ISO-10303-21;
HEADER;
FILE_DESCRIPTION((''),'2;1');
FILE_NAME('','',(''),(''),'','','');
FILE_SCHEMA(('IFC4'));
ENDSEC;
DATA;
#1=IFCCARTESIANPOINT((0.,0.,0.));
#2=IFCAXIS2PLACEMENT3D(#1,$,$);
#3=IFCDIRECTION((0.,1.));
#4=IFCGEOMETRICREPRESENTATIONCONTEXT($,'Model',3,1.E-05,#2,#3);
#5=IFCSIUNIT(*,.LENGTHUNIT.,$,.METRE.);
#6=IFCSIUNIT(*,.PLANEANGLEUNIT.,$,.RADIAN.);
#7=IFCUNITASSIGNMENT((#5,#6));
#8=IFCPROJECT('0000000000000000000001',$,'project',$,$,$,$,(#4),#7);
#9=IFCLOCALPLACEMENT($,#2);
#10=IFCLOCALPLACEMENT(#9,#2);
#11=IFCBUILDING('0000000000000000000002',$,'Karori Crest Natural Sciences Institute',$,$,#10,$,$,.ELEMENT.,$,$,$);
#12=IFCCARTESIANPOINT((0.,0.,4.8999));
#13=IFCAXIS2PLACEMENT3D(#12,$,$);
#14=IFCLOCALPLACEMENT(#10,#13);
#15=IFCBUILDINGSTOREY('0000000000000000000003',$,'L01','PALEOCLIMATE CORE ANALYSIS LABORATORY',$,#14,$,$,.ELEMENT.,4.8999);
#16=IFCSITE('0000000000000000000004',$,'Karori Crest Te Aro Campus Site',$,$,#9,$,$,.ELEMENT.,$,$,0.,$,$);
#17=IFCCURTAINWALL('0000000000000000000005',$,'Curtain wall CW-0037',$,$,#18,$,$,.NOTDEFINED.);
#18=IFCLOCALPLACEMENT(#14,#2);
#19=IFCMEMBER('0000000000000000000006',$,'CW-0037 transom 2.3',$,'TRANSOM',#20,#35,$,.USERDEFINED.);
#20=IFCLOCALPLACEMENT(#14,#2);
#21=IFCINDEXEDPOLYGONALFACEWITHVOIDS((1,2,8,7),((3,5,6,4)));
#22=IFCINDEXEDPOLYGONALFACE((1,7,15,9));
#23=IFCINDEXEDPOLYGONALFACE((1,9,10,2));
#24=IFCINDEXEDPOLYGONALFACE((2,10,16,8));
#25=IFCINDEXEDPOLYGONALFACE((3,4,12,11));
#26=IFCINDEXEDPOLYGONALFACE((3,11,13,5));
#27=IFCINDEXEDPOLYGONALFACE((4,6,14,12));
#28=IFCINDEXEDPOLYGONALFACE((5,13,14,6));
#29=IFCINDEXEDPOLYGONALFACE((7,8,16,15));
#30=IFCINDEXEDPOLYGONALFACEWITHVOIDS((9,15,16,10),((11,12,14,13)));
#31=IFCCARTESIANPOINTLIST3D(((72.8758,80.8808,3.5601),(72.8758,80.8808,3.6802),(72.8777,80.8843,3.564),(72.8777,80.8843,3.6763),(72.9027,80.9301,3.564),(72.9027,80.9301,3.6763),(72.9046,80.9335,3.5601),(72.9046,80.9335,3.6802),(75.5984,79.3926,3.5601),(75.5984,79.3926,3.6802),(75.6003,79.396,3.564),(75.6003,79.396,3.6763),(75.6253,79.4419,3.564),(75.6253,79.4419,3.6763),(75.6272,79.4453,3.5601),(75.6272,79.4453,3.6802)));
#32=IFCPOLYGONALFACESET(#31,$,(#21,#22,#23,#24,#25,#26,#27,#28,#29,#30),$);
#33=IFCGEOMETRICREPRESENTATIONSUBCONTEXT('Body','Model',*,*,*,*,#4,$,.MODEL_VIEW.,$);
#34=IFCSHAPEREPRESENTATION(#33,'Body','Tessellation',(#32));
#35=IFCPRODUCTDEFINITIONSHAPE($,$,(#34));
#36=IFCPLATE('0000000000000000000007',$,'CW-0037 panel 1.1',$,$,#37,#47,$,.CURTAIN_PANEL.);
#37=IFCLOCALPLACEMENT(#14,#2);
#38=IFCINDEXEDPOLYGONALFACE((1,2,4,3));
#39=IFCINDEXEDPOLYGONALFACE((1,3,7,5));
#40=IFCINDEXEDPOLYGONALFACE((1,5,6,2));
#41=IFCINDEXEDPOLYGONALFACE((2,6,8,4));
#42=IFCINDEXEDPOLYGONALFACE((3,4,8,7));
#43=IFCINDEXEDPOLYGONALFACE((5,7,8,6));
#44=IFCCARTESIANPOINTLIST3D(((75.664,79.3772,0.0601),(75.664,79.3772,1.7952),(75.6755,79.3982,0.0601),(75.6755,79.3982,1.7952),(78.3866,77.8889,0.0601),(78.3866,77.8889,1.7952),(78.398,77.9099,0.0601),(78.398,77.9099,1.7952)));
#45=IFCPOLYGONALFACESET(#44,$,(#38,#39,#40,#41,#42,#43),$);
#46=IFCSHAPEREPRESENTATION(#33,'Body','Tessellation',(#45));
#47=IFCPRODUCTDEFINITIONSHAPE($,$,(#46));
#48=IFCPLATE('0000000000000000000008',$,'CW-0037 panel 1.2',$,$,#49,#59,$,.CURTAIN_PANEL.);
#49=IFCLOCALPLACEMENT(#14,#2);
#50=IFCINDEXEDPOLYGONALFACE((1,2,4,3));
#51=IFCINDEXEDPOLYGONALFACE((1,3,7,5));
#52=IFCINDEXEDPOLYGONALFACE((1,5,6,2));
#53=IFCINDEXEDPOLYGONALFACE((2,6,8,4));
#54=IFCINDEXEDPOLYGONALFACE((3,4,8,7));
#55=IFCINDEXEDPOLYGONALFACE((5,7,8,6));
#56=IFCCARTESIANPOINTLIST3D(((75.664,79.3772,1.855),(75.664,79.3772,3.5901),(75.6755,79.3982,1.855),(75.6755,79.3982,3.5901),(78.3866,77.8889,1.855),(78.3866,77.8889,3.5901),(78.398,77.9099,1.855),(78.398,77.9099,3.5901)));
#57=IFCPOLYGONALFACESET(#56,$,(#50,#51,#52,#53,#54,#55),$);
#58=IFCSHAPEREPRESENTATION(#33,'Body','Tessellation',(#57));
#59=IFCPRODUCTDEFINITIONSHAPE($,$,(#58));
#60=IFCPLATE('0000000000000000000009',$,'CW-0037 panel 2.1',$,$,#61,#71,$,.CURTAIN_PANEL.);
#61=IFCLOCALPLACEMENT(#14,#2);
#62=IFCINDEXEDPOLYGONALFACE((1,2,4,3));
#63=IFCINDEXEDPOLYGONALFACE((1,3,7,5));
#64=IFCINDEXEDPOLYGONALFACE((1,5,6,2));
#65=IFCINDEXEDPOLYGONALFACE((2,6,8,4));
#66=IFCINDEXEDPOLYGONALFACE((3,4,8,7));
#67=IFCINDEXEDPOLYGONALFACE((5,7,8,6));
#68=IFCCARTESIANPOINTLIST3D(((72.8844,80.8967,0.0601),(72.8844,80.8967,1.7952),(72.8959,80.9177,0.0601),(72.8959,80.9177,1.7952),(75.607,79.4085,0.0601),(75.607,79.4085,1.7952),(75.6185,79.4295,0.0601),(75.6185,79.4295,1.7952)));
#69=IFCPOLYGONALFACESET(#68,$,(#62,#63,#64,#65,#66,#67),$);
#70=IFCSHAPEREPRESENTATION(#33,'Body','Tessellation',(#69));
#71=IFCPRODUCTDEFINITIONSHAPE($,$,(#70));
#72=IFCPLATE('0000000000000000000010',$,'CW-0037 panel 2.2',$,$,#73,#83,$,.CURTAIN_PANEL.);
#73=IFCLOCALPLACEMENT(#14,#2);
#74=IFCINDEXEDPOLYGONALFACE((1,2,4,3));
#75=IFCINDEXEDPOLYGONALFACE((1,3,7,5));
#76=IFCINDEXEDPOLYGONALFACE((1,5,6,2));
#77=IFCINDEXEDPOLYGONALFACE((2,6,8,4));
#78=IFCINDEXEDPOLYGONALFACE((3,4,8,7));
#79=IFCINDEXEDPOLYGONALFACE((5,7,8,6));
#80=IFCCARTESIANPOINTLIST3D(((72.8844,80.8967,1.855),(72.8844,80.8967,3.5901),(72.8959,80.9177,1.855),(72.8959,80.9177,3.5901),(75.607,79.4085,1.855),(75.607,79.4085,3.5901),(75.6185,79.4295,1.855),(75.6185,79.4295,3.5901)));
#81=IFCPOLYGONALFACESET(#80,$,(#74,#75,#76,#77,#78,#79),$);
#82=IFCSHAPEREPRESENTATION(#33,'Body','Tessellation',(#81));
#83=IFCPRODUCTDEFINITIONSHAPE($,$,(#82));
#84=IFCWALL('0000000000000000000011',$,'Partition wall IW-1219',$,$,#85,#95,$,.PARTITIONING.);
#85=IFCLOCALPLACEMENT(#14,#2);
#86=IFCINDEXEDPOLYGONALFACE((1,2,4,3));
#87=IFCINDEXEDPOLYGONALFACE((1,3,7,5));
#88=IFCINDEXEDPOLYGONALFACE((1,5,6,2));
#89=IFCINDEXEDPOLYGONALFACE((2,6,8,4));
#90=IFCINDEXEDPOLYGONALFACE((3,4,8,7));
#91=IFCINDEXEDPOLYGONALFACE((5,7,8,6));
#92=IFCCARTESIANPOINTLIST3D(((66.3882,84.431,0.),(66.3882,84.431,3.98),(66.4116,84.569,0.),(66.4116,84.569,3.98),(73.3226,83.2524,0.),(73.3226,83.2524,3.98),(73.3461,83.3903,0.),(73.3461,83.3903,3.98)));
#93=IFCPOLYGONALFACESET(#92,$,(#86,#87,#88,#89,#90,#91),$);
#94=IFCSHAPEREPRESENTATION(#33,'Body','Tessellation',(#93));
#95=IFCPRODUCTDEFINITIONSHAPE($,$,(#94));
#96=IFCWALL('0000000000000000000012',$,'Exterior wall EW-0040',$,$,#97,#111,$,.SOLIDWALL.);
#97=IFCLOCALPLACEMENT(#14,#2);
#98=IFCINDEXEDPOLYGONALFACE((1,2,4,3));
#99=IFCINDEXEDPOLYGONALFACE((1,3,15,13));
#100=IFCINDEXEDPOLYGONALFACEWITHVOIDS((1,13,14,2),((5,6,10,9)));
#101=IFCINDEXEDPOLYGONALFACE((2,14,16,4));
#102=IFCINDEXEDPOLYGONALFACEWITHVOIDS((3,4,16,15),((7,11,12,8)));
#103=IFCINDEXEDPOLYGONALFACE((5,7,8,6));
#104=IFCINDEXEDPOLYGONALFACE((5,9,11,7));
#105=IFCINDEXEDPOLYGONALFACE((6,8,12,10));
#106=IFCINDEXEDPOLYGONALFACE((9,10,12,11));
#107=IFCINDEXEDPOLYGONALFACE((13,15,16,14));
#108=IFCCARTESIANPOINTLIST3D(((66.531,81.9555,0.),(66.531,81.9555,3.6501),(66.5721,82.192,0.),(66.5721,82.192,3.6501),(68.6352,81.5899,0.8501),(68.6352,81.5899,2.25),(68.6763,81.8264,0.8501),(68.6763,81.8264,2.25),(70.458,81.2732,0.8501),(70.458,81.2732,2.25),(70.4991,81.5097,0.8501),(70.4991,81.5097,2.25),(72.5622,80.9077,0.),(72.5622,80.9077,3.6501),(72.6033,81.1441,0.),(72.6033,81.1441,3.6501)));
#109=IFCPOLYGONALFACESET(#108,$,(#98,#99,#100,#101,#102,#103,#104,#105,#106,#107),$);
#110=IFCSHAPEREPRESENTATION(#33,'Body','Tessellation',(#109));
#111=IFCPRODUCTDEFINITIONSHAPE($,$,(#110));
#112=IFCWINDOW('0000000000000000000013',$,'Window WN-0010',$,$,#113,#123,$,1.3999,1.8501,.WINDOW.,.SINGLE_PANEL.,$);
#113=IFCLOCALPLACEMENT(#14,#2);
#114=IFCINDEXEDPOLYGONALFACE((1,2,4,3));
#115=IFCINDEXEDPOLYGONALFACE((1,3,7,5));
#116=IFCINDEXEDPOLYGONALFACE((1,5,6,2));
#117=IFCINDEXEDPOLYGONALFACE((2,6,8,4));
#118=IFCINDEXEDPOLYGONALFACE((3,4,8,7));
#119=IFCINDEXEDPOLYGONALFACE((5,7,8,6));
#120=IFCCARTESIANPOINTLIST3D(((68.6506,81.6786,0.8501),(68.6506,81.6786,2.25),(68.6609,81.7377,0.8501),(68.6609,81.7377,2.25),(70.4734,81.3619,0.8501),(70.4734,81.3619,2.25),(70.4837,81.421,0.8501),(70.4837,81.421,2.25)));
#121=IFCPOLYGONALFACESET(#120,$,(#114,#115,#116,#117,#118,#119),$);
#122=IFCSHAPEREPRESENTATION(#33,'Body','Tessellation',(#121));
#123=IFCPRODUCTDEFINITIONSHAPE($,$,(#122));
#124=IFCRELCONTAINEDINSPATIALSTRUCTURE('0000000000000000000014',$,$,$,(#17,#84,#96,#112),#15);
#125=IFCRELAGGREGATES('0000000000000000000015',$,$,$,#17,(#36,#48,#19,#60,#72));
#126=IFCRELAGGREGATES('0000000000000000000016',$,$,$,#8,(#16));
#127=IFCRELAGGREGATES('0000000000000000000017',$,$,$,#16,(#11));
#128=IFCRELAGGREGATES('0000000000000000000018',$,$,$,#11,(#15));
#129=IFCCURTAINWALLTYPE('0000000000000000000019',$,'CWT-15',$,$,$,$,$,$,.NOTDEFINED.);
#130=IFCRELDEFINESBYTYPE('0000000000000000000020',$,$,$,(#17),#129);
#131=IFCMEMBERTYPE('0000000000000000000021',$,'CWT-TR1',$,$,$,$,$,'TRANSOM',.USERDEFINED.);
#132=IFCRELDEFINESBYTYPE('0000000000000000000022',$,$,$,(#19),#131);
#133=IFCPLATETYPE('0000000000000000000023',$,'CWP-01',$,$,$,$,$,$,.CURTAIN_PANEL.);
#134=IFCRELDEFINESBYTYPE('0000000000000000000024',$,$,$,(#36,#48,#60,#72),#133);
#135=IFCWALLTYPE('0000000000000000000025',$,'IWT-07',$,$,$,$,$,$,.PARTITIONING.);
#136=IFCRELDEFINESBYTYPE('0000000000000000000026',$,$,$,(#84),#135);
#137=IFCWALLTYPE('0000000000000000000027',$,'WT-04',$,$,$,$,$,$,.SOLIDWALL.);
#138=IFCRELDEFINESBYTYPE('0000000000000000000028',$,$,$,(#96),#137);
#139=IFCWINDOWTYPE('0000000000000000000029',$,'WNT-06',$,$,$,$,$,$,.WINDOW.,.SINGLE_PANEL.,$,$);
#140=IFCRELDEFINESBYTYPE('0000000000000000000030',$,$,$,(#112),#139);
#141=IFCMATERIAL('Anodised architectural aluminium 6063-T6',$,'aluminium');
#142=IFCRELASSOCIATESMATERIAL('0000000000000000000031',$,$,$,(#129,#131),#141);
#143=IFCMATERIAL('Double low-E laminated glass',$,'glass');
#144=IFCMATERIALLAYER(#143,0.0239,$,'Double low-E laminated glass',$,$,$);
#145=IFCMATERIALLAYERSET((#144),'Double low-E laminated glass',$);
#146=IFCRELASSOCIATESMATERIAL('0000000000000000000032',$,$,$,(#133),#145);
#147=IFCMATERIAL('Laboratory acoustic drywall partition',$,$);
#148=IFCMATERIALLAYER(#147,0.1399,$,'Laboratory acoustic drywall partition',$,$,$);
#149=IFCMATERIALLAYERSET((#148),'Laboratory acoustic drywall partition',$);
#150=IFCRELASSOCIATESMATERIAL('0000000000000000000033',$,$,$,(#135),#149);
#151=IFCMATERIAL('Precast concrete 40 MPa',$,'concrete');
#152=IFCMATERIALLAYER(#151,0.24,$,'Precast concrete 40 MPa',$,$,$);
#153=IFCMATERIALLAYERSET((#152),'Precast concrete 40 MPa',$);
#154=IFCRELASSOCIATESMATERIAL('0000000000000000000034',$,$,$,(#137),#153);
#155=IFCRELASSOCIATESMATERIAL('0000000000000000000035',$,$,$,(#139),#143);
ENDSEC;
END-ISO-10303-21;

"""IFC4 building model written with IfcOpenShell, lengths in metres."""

from ifc_helpers import new_model, si_unit, direction, frame, frame_2d, origin, origin_2d, place, context, subcontext, project, spatial, rectangle, hollow_rectangle, extrude, material, layer, layer_set, material_profile, profile_set, type_object, element, fill, aggregate, save


model = new_model("IFC4")

# Units and contexts
model_context = context("Model", 3, precision=1e-05, world=origin(), true_north=direction((0.0, 1.0)))
body_context = subcontext(model_context, "Body", "Model", "MODEL_VIEW")
ifc_project = project(units=[si_unit("LENGTHUNIT", "METRE"), si_unit("PLANEANGLEUNIT", "RADIAN")], contexts=[model_context])

# Site, building, storey
site_placement = place(None, origin())
site = spatial("IfcSite", under=ifc_project, at=site_placement, Name="Karori Crest Te Aro Campus Site", CompositionType="ELEMENT", RefElevation=0.0)
building_placement = place(site_placement, origin())
building = spatial("IfcBuilding", under=site, at=building_placement, Name="Karori Crest Natural Sciences Institute", CompositionType="ELEMENT")
storey_placement = place(building_placement, frame((0.0, 0.0, 4.8999)))
storey = spatial("IfcBuildingStorey", under=building, at=storey_placement, Name="L01", Description="PALEOCLIMATE CORE ANALYSIS LABORATORY", CompositionType="ELEMENT", Elevation=4.8999)

# Curtain wall, member, plates
ifc_material_1 = material(Name="Anodised architectural aluminium 6063-T6", Category="aluminium")
curtain_wall_type = type_object("IfcCurtainWallType", Name="CWT-15", PredefinedType="NOTDEFINED", material=ifc_material_1)
curtain_wall_placement = place(storey_placement, origin())
curtain_wall = element("IfcCurtainWall", 1, at=curtain_wall_placement, inside=storey, type_object=curtain_wall_type, Name="Curtain wall CW-0037", PredefinedType="NOTDEFINED")
ifc_material_profile_1 = material_profile(ifc_material_1, hollow_rectangle(XDim=0.0601, YDim=0.1201, WallThickness=0.0039, at=origin_2d()), Name="CWT120x60x4")
ifc_profile_set_1 = profile_set([ifc_material_profile_1], Name="Anodised architectural aluminium 6063-T6")
member_type_1 = type_object("IfcMemberType", Name="CWT-TR1", ElementType="TRANSOM", PredefinedType="USERDEFINED", material=ifc_profile_set_1)
member_1_placement = place(storey_placement, frame((75.6128, 79.4189, 3.6201), z_axis=(-0.877462, 0.479646, 0.0), x_axis=(-0.479646, -0.877462, 0.0)))
member_1 = element("IfcMember", 2, at=member_1_placement, type_object=member_type_1, Name="CW-0037 transom 2.3", ObjectType="TRANSOM", PredefinedType="USERDEFINED", context=body_context, shape_type="SweptSolid", body=[
    extrude(hollow_rectangle(XDim=0.0601, YDim=0.1201, WallThickness=0.0039, at=origin_2d()), origin(), (0.0, 0.0, 1.0), 3.1028),
])
ifc_material_2 = material(Name="Double low-E laminated glass", Category="glass")
ifc_layer_1 = layer(ifc_material_2, 0.0239, Name="Double low-E laminated glass")
ifc_layer_set_1 = layer_set([ifc_layer_1], Name="Double low-E laminated glass")
plate_type = type_object("IfcPlateType", Name="CWP-01", PredefinedType="CURTAIN_PANEL", material=ifc_layer_set_1)
plate_1_placement = place(storey_placement, frame((77.031, 78.6436, 0.0601), z_axis=(0.0, 0.0, 1.0), x_axis=(-0.877464, 0.479643, 0.0)))
plate_1 = element("IfcPlate", 3, at=plate_1_placement, type_object=plate_type, Name="CW-0037 panel 1.1", PredefinedType="CURTAIN_PANEL", context=body_context, shape_type="SweptSolid", body=[
    extrude(rectangle(XDim=3.1028, YDim=0.0239, at=origin_2d()), origin(), (0.0, 0.0, 1.0), 1.7351),
])
plate_2_placement = place(storey_placement, frame((77.031, 78.6436, 1.855), z_axis=(0.0, 0.0, 1.0), x_axis=(-0.877464, 0.479643, 0.0)))
plate_2 = element("IfcPlate", 4, at=plate_2_placement, type_object=plate_type, Name="CW-0037 panel 1.2", PredefinedType="CURTAIN_PANEL", context=body_context, shape_type="SweptSolid", body=[
    extrude(rectangle(XDim=3.1028, YDim=0.0239, at=origin_2d()), origin(), (0.0, 0.0, 1.0), 1.7351),
])
plate_3_placement = place(storey_placement, frame((74.2515, 80.1631, 0.0601), z_axis=(0.0, 0.0, 1.0), x_axis=(-0.877464, 0.479643, 0.0)))
plate_3 = element("IfcPlate", 5, at=plate_3_placement, type_object=plate_type, Name="CW-0037 panel 2.1", PredefinedType="CURTAIN_PANEL", context=body_context, shape_type="SweptSolid", body=[
    extrude(rectangle(XDim=3.1028, YDim=0.0239, at=origin_2d()), origin(), (0.0, 0.0, 1.0), 1.7351),
])
plate_4_placement = place(storey_placement, frame((74.2515, 80.1631, 1.855), z_axis=(0.0, 0.0, 1.0), x_axis=(-0.877464, 0.479643, 0.0)))
plate_4 = element("IfcPlate", 6, at=plate_4_placement, type_object=plate_type, Name="CW-0037 panel 2.2", PredefinedType="CURTAIN_PANEL", context=body_context, shape_type="SweptSolid", body=[
    extrude(rectangle(XDim=3.1028, YDim=0.0239, at=origin_2d()), origin(), (0.0, 0.0, 1.0), 1.7351),
])
aggregate(curtain_wall, [plate_1, plate_2, member_1, plate_3, plate_4])

# Wall
ifc_material_3 = material(Name="Laboratory acoustic drywall partition")
ifc_layer_2 = layer(ifc_material_3, 0.1399, Name="Laboratory acoustic drywall partition")
ifc_layer_set_2 = layer_set([ifc_layer_2], Name="Laboratory acoustic drywall partition")
wall_type_1 = type_object("IfcWallType", Name="IWT-07", PredefinedType="PARTITIONING", material=ifc_layer_set_2)
wall_1_placement = place(storey_placement, frame((73.3345, 83.3213, 0.0), z_axis=(0.0, 0.0, 1.0), x_axis=(-0.98586, 0.167573, 0.0)))
element("IfcWall", 7, at=wall_1_placement, inside=storey, type_object=wall_type_1, Name="Partition wall IW-1219", PredefinedType="PARTITIONING", context=body_context, shape_type="SweptSolid", body=[
    extrude(rectangle(XDim=7.0339, YDim=0.1399, at=frame_2d((3.5171, 0.0))), origin(), (0.0, 0.0, 1.0), 3.98),
])

# Wall, opening, window
ifc_material_4 = material(Name="Precast concrete 40 MPa", Category="concrete")
ifc_layer_3 = layer(ifc_material_4, 0.24, Name="Precast concrete 40 MPa")
ifc_layer_set_3 = layer_set([ifc_layer_3], Name="Precast concrete 40 MPa")
wall_type_2 = type_object("IfcWallType", Name="WT-04", PredefinedType="SOLIDWALL", material=ifc_layer_set_3)
wall_2_placement = place(storey_placement, frame((72.5828, 81.0259, 0.0), z_axis=(0.0, 0.0, 1.0), x_axis=(-0.985241, 0.171173, 0.0)))
wall_2 = element("IfcWall", 8, at=wall_2_placement, inside=storey, type_object=wall_type_2, Name="Exterior wall EW-0040", PredefinedType="SOLIDWALL", context=body_context, shape_type="SweptSolid", body=[
    extrude(rectangle(XDim=6.1216, YDim=0.24, at=frame_2d((3.0608, 0.0))), origin(), (0.0, 0.0, 1.0), 3.6501),
])
opening_placement = place(wall_2_placement, frame((2.1357, 0.0, 0.8501)))
opening = element("IfcOpeningElement", 9, at=opening_placement, cuts=wall_2, PredefinedType="OPENING", context=body_context, shape_type="SweptSolid", body=[
    extrude(rectangle(XDim=1.8501, YDim=1.3999, at=frame_2d((0.925, 0.7))), frame((0.0, 0.1299, 0.0), z_axis=(0.0, -1.0, 0.0), x_axis=(1.0, 0.0, 0.0)), (0.0, 0.0, 1.0), 0.26),
])
window_type = type_object("IfcWindowType", Name="WNT-06", PartitioningType="SINGLE_PANEL", PredefinedType="WINDOW", material=ifc_material_2)
window_placement = place(opening_placement, origin())
window = element("IfcWindow", 10, at=window_placement, inside=storey, type_object=window_type, Name="Window WN-0010", OverallHeight=1.3999, OverallWidth=1.8501, PartitioningType="SINGLE_PANEL", PredefinedType="WINDOW", context=body_context, shape_type="SweptSolid", body=[
    extrude(rectangle(XDim=1.8501, YDim=1.3999, at=frame_2d((0.925, 0.7))), frame((0.0, 0.03, 0.0), z_axis=(0.0, -1.0, 0.0), x_axis=(1.0, 0.0, 0.0)), (0.0, 0.0, 1.0), 0.0601),
])
fill(opening, window)

save(model, "model.ifc")
